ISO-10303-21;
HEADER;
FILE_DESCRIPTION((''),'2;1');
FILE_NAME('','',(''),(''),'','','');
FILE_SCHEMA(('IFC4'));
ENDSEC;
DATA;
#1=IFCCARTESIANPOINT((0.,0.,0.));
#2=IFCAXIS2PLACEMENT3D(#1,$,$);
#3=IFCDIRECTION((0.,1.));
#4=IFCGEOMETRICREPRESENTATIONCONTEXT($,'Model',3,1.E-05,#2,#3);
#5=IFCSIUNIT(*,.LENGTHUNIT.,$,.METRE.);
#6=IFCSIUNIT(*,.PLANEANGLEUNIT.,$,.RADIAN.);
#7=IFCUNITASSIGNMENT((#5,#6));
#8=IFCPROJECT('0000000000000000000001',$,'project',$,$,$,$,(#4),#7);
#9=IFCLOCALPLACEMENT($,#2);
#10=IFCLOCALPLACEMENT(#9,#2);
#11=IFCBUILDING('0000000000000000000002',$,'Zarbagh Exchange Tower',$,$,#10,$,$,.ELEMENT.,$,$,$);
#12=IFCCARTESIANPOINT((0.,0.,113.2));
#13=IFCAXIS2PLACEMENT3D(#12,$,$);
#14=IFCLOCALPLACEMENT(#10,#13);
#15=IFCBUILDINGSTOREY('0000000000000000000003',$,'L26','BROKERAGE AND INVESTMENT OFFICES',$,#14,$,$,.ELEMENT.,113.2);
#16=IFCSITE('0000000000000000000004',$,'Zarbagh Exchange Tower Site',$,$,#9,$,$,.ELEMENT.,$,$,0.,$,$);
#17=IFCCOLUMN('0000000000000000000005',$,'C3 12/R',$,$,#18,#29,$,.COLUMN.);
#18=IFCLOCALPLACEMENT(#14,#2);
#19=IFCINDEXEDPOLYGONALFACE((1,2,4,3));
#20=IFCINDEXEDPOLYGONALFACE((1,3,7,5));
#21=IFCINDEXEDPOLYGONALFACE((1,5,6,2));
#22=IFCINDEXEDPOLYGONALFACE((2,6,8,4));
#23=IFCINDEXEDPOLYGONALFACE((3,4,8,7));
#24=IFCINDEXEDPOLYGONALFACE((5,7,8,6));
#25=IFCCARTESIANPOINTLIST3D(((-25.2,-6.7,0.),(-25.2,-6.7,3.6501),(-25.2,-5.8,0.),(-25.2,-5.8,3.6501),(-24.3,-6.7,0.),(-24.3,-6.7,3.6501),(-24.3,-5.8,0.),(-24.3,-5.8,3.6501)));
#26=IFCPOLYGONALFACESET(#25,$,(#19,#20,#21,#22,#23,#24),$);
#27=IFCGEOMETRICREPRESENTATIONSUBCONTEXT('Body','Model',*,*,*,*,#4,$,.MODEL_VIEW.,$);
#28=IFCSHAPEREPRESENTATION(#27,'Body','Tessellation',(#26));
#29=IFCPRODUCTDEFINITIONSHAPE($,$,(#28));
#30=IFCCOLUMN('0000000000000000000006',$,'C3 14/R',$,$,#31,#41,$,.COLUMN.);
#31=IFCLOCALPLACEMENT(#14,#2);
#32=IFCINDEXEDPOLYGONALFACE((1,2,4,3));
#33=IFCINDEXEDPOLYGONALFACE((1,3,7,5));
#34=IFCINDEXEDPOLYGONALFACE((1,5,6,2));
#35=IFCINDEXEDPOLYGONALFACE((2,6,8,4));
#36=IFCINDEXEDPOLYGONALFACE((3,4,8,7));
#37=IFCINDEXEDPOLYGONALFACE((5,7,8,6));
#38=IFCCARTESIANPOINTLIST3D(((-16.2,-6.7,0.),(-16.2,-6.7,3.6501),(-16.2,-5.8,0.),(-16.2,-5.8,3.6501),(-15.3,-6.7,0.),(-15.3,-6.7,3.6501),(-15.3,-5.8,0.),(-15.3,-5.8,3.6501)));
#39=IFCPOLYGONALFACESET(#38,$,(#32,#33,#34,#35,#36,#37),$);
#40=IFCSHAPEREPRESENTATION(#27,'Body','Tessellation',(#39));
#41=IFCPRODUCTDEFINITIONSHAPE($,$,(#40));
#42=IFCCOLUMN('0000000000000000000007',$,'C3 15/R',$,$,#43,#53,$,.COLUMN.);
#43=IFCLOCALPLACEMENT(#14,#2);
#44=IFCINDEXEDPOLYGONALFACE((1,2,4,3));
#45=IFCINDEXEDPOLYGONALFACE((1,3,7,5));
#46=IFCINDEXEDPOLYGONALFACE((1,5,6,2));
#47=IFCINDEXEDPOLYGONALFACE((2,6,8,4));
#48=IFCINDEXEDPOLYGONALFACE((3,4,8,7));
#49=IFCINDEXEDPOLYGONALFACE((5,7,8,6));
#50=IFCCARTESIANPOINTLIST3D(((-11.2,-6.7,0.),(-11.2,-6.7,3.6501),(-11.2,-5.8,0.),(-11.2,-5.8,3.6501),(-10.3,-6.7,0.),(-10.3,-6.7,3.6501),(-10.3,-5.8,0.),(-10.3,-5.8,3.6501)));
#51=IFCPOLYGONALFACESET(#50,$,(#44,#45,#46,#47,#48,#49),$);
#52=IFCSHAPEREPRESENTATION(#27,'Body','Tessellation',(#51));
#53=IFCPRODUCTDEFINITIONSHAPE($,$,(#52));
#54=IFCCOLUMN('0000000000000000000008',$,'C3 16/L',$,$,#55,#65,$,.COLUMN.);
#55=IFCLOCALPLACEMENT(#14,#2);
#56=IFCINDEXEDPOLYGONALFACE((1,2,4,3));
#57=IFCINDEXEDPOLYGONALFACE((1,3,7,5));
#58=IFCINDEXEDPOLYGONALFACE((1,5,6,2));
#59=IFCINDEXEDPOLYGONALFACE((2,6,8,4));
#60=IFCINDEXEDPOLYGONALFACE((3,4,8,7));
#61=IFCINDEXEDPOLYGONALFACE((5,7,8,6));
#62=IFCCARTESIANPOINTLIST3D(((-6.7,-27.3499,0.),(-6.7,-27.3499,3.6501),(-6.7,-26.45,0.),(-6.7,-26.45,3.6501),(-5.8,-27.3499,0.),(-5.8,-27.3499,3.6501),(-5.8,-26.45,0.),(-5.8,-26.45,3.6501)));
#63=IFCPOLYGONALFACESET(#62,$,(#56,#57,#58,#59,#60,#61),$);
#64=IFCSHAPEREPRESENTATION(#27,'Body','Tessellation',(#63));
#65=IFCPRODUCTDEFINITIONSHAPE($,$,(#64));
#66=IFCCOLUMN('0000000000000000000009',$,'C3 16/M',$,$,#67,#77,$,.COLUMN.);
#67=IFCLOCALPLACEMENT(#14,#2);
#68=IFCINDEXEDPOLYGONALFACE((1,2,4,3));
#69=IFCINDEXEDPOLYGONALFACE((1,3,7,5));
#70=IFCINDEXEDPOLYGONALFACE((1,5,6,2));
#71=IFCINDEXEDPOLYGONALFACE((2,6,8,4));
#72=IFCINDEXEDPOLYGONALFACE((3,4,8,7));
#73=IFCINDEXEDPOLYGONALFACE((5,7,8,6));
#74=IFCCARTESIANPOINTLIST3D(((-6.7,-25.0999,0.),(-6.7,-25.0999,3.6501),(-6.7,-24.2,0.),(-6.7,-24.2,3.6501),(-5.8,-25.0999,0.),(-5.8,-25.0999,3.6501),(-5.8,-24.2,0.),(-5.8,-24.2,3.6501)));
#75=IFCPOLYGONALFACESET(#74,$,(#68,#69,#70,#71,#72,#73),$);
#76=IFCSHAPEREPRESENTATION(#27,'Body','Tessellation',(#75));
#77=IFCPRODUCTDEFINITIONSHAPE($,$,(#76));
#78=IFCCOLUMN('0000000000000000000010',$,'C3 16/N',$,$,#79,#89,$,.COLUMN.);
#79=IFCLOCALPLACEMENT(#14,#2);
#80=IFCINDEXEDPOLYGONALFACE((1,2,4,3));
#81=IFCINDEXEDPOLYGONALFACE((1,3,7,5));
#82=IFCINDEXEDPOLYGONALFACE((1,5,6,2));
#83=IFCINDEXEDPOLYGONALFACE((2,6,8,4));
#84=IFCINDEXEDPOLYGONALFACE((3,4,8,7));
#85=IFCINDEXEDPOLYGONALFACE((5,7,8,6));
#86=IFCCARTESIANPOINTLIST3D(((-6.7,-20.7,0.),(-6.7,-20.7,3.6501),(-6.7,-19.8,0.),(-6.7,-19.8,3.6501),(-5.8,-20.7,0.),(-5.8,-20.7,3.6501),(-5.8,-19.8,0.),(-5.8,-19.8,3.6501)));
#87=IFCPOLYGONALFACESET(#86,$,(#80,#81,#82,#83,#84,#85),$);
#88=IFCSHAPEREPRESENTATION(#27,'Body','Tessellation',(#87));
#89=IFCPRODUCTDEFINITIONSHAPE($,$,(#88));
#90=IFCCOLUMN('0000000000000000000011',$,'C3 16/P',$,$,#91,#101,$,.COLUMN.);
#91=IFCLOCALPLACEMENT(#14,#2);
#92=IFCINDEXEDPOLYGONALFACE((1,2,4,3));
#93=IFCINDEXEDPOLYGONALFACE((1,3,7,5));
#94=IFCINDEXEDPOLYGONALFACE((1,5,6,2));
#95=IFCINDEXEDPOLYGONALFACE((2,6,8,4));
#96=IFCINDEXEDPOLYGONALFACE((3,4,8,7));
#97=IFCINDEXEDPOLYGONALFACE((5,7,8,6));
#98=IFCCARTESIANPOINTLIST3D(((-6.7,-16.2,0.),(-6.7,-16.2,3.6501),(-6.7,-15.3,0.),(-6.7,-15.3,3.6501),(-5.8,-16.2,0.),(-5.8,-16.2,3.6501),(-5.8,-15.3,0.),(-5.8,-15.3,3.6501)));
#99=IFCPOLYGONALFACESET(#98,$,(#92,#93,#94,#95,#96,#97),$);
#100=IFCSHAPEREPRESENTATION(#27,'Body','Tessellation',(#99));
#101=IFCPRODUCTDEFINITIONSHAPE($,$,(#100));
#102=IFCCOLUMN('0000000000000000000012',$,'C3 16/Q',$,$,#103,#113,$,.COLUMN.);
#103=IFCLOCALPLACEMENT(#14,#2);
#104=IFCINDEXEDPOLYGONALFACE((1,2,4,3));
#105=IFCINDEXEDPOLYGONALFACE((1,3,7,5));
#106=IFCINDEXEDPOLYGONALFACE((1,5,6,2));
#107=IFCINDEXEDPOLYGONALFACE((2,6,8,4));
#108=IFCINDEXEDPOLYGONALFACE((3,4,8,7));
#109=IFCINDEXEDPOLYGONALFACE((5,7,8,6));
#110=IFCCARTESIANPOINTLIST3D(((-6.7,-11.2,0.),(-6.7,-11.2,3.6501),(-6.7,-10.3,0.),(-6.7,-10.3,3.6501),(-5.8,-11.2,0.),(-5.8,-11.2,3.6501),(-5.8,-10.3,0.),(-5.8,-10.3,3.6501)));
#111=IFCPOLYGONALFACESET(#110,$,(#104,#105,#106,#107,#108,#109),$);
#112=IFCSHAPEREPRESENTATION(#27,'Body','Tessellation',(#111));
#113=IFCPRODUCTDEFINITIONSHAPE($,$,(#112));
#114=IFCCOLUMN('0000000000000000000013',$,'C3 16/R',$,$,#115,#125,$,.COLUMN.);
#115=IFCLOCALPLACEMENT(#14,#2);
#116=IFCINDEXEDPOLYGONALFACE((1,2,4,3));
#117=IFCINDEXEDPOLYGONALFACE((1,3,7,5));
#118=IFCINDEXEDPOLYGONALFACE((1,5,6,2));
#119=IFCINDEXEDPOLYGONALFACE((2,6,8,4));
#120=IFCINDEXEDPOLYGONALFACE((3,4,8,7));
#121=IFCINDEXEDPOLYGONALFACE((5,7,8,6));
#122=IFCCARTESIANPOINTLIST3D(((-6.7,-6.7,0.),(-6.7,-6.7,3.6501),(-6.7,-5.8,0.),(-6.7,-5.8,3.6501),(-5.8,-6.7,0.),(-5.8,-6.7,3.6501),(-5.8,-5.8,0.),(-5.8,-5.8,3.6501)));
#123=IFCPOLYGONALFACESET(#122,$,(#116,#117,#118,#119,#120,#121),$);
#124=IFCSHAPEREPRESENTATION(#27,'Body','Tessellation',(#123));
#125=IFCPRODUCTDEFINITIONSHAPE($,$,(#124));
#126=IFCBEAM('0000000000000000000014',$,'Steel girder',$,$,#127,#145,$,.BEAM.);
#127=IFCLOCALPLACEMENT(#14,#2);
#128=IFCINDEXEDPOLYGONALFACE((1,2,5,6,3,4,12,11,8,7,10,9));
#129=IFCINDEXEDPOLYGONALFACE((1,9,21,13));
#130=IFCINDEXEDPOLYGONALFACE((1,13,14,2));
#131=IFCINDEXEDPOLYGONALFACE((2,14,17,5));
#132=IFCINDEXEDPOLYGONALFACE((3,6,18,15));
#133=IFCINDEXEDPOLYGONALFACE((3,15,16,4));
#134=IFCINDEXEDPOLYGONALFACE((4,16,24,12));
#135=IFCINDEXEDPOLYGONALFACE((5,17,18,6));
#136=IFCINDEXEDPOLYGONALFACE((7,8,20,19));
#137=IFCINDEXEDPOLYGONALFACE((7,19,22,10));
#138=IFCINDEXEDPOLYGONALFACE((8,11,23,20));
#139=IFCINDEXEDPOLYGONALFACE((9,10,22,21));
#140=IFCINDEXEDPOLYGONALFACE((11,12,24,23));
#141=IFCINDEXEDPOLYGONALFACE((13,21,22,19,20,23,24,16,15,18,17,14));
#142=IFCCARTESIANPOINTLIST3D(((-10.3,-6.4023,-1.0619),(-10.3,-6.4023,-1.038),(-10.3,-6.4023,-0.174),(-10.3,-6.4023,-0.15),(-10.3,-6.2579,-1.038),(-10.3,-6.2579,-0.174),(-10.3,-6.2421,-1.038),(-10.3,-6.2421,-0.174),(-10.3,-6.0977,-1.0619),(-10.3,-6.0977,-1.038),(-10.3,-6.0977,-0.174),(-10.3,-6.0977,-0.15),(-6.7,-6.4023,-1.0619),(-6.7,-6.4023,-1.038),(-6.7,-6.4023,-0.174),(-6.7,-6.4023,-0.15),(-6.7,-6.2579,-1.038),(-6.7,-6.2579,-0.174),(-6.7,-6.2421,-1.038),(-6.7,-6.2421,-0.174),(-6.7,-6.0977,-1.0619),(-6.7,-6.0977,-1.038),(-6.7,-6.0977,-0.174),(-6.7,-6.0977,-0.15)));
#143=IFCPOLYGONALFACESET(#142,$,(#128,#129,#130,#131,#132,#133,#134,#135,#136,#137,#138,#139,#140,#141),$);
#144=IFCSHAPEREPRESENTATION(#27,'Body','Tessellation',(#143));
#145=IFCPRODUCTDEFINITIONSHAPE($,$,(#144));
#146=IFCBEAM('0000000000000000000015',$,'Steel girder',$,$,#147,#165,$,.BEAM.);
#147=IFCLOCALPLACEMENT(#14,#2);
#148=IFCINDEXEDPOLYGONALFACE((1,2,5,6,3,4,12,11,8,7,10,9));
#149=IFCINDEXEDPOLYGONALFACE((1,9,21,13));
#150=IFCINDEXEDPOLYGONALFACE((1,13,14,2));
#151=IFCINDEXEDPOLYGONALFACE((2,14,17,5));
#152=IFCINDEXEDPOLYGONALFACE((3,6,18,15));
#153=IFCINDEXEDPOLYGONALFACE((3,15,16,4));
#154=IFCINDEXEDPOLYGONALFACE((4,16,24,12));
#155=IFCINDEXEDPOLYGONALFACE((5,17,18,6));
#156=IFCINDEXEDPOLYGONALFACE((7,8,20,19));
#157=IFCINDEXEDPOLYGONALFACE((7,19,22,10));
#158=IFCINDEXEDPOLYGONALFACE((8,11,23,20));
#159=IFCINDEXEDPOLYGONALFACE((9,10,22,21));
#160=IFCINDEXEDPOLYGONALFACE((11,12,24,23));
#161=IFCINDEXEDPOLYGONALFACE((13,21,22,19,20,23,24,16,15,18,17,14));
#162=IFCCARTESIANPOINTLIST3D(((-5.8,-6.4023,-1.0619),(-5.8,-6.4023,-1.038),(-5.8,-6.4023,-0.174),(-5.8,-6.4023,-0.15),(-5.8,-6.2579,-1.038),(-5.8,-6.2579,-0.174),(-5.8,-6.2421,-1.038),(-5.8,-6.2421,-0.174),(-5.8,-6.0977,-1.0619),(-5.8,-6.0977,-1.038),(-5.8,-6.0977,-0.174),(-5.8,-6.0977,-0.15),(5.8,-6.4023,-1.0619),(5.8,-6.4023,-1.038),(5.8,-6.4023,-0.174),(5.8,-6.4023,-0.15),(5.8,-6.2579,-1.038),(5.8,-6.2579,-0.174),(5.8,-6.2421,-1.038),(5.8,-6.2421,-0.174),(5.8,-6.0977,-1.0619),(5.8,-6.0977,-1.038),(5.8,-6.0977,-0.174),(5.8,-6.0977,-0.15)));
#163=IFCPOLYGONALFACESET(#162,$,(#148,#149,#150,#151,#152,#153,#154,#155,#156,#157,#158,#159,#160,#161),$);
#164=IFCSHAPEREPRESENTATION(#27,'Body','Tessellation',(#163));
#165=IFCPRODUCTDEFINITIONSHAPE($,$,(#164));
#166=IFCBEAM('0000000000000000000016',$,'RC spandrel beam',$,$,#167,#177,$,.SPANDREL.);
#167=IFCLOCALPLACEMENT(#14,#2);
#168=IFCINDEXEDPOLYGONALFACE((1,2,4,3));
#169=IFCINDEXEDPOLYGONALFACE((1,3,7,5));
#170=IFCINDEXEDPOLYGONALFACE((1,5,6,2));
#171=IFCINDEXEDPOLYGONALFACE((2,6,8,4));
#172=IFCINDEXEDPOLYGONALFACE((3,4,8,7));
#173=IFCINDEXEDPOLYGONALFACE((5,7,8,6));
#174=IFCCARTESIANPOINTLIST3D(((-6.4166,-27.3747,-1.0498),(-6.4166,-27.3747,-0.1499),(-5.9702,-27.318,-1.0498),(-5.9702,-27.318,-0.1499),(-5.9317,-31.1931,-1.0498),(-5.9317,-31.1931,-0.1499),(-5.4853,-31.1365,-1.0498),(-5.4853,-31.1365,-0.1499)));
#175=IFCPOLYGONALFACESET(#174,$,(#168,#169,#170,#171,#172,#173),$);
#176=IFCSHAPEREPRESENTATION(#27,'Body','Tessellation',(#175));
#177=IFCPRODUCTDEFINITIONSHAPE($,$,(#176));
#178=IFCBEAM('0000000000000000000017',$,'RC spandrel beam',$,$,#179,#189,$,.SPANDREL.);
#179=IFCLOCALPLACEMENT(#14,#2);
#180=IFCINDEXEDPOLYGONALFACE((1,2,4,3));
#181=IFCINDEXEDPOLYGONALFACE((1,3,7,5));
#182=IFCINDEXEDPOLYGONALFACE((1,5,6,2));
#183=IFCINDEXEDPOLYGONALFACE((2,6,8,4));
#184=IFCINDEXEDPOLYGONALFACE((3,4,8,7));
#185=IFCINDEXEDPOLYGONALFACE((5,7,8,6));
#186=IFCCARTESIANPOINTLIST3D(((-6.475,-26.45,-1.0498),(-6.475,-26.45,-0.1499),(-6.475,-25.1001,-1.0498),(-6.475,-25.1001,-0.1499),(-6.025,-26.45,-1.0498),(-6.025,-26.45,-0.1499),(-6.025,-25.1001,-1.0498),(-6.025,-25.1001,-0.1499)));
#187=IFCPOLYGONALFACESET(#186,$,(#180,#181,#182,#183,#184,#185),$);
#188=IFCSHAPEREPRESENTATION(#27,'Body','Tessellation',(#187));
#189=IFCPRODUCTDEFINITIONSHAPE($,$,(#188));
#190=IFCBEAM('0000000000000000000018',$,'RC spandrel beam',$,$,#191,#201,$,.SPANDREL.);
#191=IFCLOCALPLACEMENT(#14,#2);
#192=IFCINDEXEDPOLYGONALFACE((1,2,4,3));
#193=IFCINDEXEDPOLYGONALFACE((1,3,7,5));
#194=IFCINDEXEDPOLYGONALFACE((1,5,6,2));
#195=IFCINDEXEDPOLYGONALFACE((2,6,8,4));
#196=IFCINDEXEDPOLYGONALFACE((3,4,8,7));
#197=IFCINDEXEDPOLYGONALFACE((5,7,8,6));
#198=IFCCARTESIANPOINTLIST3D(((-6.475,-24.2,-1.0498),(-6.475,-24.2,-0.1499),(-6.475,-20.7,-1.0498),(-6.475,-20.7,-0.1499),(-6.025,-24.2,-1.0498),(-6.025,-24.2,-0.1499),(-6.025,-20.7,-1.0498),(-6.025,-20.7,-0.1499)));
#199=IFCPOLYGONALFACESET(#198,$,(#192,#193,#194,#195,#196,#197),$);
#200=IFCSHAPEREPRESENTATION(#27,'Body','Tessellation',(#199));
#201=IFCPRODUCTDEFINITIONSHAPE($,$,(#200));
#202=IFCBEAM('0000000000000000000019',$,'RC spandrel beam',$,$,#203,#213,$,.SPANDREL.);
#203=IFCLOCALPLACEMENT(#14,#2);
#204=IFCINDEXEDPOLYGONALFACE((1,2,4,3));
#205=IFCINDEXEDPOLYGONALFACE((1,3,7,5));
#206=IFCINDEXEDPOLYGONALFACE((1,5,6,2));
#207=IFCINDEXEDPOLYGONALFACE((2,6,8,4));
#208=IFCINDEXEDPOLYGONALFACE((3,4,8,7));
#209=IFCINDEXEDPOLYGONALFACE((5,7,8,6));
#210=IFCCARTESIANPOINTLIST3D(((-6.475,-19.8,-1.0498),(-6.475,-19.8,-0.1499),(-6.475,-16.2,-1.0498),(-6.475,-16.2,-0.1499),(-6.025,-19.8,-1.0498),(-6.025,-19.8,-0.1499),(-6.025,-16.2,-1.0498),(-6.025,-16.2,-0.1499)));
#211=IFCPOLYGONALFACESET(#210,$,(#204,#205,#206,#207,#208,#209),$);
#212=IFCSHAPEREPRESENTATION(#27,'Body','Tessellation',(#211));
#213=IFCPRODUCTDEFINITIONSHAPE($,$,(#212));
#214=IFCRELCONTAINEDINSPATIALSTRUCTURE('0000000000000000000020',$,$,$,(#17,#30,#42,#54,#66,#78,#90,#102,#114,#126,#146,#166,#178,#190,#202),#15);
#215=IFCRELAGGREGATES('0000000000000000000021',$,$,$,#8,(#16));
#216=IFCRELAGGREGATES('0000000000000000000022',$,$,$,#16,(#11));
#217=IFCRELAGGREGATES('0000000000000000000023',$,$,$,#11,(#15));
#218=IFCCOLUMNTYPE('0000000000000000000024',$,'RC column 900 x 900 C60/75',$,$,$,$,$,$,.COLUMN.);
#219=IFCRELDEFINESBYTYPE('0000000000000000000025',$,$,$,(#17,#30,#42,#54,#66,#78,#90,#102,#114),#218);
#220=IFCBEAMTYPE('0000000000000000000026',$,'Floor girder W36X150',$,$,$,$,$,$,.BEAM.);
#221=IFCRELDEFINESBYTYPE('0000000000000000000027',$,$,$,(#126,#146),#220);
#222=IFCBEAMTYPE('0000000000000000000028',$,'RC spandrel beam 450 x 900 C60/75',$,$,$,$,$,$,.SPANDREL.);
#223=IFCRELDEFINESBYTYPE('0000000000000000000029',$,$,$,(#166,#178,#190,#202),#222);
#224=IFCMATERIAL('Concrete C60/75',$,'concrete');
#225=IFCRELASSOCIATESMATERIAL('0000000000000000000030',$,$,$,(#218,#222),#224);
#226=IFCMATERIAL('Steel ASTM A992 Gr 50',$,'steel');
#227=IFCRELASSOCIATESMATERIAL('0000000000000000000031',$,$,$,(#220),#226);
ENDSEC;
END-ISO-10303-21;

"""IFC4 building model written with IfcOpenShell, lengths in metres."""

from ifc_helpers import new_model, si_unit, direction, frame, origin, origin_2d, place, context, subcontext, project, spatial, rectangle, i_section, extrude, material, material_profile, profile_set, type_object, element, save


model = new_model("IFC4")

# Units and contexts
model_context = context("Model", 3, precision=1e-05, world=origin(), true_north=direction((0.0, 1.0)))
body_context = subcontext(model_context, "Body", "Model", "MODEL_VIEW")
ifc_project = project(units=[si_unit("LENGTHUNIT", "METRE"), si_unit("PLANEANGLEUNIT", "RADIAN")], contexts=[model_context])

# Site, building, storey
site_placement = place(None, origin())
site = spatial("IfcSite", under=ifc_project, at=site_placement, Name="Zarbagh Exchange Tower Site", CompositionType="ELEMENT", RefElevation=0.0)
building_placement = place(site_placement, origin())
building = spatial("IfcBuilding", under=site, at=building_placement, Name="Zarbagh Exchange Tower", CompositionType="ELEMENT")
storey_placement = place(building_placement, frame((0.0, 0.0, 113.2)))
storey = spatial("IfcBuildingStorey", under=building, at=storey_placement, Name="L26", Description="BROKERAGE AND INVESTMENT OFFICES", CompositionType="ELEMENT", Elevation=113.2)

# Columns
ifc_material_1 = material(Name="Concrete C60/75", Category="concrete")
ifc_material_profile_1 = material_profile(ifc_material_1, rectangle(XDim=0.8999, YDim=0.8999, at=origin_2d()), Name="RC column 900 x 900 C60/75")
ifc_profile_set_1 = profile_set([ifc_material_profile_1], Name="Concrete C60/75")
column_type = type_object("IfcColumnType", Name="RC column 900 x 900 C60/75", PredefinedType="COLUMN", material=ifc_profile_set_1)
for number, where, z_axis, x_axis, name in (
    (1, (-24.75, -6.25, 0.0), (0.0, 0.0, 1.0), (1.0, 0.0, 0.0), "C3 12/R"),
    (2, (-15.75, -6.25, 0.0), (0.0, 0.0, 1.0), (1.0, 0.0, 0.0), "C3 14/R"),
    (3, (-10.75, -6.25, 0.0), (0.0, 0.0, 1.0), (1.0, 0.0, 0.0), "C3 15/R"),
    (4, (-6.25, -26.8999, 0.0), (0.0, 0.0, 1.0), (1.0, 0.0, 0.0), "C3 16/L"),
    (5, (-6.25, -24.6499, 0.0), (0.0, 0.0, 1.0), (1.0, 0.0, 0.0), "C3 16/M"),
    (6, (-6.25, -20.25, 0.0), (0.0, 0.0, 1.0), (1.0, 0.0, 0.0), "C3 16/N"),
    (7, (-6.25, -15.75, 0.0), (0.0, 0.0, 1.0), (1.0, 0.0, 0.0), "C3 16/P"),
    (8, (-6.25, -10.75, 0.0), (0.0, 0.0, 1.0), (1.0, 0.0, 0.0), "C3 16/Q"),
    (9, (-6.25, -6.25, 0.0), (0.0, 0.0, 1.0), (1.0, 0.0, 0.0), "C3 16/R"),
):
    element("IfcColumn", number, at=place(storey_placement, frame(where, z_axis=z_axis, x_axis=x_axis)), inside=storey, type_object=column_type, Name=name, PredefinedType="COLUMN", context=body_context, shape_type="SweptSolid", body=[
        extrude(rectangle(XDim=0.8999, YDim=0.8999, at=origin_2d()), origin(), (0.0, 0.0, 1.0), 3.6501),
    ])

# Beams
ifc_material_2 = material(Name="Steel ASTM A992 Gr 50", Category="steel")
ifc_material_profile_2 = material_profile(ifc_material_2, i_section(OverallWidth=0.3047, OverallDepth=0.9119, WebThickness=0.0159, FlangeThickness=0.0239, at=origin_2d()), Name="W36X150")
ifc_profile_set_2 = profile_set([ifc_material_profile_2], Name="Steel ASTM A992 Gr 50")
beam_type_1 = type_object("IfcBeamType", Name="Floor girder W36X150", PredefinedType="BEAM", material=ifc_profile_set_2)
beam_1_placement = place(storey_placement, frame((-10.3, -6.25, -0.606), z_axis=(1.0, 0.0, 0.0), x_axis=(0.0, 1.0, 0.0)))
element("IfcBeam", 10, at=beam_1_placement, inside=storey, type_object=beam_type_1, Name="Steel girder", PredefinedType="BEAM", context=body_context, shape_type="SweptSolid", body=[
    extrude(i_section(OverallWidth=0.3047, OverallDepth=0.9119, WebThickness=0.0159, FlangeThickness=0.0239, at=origin_2d()), origin(), (0.0, 0.0, 1.0), 3.6001),
])
beam_2_placement = place(storey_placement, frame((-5.8, -6.25, -0.606), z_axis=(1.0, 0.0, 0.0), x_axis=(0.0, 1.0, 0.0)))
element("IfcBeam", 11, at=beam_2_placement, inside=storey, type_object=beam_type_1, Name="Steel girder", PredefinedType="BEAM", context=body_context, shape_type="SweptSolid", body=[
    extrude(i_section(OverallWidth=0.3047, OverallDepth=0.9119, WebThickness=0.0159, FlangeThickness=0.0239, at=origin_2d()), origin(), (0.0, 0.0, 1.0), 11.6001),
])
ifc_material_profile_3 = material_profile(ifc_material_1, rectangle(XDim=0.45, YDim=0.8999, at=origin_2d()), Name="RC spandrel beam 450 x 900 C60/75")
ifc_profile_set_3 = profile_set([ifc_material_profile_3], Name="Concrete C60/75")
beam_type_2 = type_object("IfcBeamType", Name="RC spandrel beam 450 x 900 C60/75", PredefinedType="SPANDREL", material=ifc_profile_set_3)
beam_3_placement = place(storey_placement, frame((-5.7085, -31.1648, -0.5999), z_axis=(-0.125971, 0.992034, 0.0), x_axis=(-0.992034, -0.125971, 0.0)))
element("IfcBeam", 12, at=beam_3_placement, inside=storey, type_object=beam_type_2, Name="RC spandrel beam", PredefinedType="SPANDREL", context=body_context, shape_type="SweptSolid", body=[
    extrude(rectangle(XDim=0.45, YDim=0.8999, at=origin_2d()), origin(), (0.0, 0.0, 1.0), 3.8491),
])
beam_4_placement = place(storey_placement, frame((-6.25, -26.45, -0.5999), z_axis=(0.0, 1.0, 0.0), x_axis=(-1.0, 0.0, 0.0)))
element("IfcBeam", 13, at=beam_4_placement, inside=storey, type_object=beam_type_2, Name="RC spandrel beam", PredefinedType="SPANDREL", context=body_context, shape_type="SweptSolid", body=[
    extrude(rectangle(XDim=0.45, YDim=0.8999, at=origin_2d()), origin(), (0.0, 0.0, 1.0), 1.3499),
])
beam_5_placement = place(storey_placement, frame((-6.25, -24.2, -0.5999), z_axis=(0.0, 1.0, 0.0), x_axis=(-1.0, 0.0, 0.0)))
element("IfcBeam", 14, at=beam_5_placement, inside=storey, type_object=beam_type_2, Name="RC spandrel beam", PredefinedType="SPANDREL", context=body_context, shape_type="SweptSolid", body=[
    extrude(rectangle(XDim=0.45, YDim=0.8999, at=origin_2d()), origin(), (0.0, 0.0, 1.0), 3.5),
])
beam_6_placement = place(storey_placement, frame((-6.25, -19.8, -0.5999), z_axis=(0.0, 1.0, 0.0), x_axis=(-1.0, 0.0, 0.0)))
element("IfcBeam", 15, at=beam_6_placement, inside=storey, type_object=beam_type_2, Name="RC spandrel beam", PredefinedType="SPANDREL", context=body_context, shape_type="SweptSolid", body=[
    extrude(rectangle(XDim=0.45, YDim=0.8999, at=origin_2d()), origin(), (0.0, 0.0, 1.0), 3.6001),
])

save(model, "model.ifc")
